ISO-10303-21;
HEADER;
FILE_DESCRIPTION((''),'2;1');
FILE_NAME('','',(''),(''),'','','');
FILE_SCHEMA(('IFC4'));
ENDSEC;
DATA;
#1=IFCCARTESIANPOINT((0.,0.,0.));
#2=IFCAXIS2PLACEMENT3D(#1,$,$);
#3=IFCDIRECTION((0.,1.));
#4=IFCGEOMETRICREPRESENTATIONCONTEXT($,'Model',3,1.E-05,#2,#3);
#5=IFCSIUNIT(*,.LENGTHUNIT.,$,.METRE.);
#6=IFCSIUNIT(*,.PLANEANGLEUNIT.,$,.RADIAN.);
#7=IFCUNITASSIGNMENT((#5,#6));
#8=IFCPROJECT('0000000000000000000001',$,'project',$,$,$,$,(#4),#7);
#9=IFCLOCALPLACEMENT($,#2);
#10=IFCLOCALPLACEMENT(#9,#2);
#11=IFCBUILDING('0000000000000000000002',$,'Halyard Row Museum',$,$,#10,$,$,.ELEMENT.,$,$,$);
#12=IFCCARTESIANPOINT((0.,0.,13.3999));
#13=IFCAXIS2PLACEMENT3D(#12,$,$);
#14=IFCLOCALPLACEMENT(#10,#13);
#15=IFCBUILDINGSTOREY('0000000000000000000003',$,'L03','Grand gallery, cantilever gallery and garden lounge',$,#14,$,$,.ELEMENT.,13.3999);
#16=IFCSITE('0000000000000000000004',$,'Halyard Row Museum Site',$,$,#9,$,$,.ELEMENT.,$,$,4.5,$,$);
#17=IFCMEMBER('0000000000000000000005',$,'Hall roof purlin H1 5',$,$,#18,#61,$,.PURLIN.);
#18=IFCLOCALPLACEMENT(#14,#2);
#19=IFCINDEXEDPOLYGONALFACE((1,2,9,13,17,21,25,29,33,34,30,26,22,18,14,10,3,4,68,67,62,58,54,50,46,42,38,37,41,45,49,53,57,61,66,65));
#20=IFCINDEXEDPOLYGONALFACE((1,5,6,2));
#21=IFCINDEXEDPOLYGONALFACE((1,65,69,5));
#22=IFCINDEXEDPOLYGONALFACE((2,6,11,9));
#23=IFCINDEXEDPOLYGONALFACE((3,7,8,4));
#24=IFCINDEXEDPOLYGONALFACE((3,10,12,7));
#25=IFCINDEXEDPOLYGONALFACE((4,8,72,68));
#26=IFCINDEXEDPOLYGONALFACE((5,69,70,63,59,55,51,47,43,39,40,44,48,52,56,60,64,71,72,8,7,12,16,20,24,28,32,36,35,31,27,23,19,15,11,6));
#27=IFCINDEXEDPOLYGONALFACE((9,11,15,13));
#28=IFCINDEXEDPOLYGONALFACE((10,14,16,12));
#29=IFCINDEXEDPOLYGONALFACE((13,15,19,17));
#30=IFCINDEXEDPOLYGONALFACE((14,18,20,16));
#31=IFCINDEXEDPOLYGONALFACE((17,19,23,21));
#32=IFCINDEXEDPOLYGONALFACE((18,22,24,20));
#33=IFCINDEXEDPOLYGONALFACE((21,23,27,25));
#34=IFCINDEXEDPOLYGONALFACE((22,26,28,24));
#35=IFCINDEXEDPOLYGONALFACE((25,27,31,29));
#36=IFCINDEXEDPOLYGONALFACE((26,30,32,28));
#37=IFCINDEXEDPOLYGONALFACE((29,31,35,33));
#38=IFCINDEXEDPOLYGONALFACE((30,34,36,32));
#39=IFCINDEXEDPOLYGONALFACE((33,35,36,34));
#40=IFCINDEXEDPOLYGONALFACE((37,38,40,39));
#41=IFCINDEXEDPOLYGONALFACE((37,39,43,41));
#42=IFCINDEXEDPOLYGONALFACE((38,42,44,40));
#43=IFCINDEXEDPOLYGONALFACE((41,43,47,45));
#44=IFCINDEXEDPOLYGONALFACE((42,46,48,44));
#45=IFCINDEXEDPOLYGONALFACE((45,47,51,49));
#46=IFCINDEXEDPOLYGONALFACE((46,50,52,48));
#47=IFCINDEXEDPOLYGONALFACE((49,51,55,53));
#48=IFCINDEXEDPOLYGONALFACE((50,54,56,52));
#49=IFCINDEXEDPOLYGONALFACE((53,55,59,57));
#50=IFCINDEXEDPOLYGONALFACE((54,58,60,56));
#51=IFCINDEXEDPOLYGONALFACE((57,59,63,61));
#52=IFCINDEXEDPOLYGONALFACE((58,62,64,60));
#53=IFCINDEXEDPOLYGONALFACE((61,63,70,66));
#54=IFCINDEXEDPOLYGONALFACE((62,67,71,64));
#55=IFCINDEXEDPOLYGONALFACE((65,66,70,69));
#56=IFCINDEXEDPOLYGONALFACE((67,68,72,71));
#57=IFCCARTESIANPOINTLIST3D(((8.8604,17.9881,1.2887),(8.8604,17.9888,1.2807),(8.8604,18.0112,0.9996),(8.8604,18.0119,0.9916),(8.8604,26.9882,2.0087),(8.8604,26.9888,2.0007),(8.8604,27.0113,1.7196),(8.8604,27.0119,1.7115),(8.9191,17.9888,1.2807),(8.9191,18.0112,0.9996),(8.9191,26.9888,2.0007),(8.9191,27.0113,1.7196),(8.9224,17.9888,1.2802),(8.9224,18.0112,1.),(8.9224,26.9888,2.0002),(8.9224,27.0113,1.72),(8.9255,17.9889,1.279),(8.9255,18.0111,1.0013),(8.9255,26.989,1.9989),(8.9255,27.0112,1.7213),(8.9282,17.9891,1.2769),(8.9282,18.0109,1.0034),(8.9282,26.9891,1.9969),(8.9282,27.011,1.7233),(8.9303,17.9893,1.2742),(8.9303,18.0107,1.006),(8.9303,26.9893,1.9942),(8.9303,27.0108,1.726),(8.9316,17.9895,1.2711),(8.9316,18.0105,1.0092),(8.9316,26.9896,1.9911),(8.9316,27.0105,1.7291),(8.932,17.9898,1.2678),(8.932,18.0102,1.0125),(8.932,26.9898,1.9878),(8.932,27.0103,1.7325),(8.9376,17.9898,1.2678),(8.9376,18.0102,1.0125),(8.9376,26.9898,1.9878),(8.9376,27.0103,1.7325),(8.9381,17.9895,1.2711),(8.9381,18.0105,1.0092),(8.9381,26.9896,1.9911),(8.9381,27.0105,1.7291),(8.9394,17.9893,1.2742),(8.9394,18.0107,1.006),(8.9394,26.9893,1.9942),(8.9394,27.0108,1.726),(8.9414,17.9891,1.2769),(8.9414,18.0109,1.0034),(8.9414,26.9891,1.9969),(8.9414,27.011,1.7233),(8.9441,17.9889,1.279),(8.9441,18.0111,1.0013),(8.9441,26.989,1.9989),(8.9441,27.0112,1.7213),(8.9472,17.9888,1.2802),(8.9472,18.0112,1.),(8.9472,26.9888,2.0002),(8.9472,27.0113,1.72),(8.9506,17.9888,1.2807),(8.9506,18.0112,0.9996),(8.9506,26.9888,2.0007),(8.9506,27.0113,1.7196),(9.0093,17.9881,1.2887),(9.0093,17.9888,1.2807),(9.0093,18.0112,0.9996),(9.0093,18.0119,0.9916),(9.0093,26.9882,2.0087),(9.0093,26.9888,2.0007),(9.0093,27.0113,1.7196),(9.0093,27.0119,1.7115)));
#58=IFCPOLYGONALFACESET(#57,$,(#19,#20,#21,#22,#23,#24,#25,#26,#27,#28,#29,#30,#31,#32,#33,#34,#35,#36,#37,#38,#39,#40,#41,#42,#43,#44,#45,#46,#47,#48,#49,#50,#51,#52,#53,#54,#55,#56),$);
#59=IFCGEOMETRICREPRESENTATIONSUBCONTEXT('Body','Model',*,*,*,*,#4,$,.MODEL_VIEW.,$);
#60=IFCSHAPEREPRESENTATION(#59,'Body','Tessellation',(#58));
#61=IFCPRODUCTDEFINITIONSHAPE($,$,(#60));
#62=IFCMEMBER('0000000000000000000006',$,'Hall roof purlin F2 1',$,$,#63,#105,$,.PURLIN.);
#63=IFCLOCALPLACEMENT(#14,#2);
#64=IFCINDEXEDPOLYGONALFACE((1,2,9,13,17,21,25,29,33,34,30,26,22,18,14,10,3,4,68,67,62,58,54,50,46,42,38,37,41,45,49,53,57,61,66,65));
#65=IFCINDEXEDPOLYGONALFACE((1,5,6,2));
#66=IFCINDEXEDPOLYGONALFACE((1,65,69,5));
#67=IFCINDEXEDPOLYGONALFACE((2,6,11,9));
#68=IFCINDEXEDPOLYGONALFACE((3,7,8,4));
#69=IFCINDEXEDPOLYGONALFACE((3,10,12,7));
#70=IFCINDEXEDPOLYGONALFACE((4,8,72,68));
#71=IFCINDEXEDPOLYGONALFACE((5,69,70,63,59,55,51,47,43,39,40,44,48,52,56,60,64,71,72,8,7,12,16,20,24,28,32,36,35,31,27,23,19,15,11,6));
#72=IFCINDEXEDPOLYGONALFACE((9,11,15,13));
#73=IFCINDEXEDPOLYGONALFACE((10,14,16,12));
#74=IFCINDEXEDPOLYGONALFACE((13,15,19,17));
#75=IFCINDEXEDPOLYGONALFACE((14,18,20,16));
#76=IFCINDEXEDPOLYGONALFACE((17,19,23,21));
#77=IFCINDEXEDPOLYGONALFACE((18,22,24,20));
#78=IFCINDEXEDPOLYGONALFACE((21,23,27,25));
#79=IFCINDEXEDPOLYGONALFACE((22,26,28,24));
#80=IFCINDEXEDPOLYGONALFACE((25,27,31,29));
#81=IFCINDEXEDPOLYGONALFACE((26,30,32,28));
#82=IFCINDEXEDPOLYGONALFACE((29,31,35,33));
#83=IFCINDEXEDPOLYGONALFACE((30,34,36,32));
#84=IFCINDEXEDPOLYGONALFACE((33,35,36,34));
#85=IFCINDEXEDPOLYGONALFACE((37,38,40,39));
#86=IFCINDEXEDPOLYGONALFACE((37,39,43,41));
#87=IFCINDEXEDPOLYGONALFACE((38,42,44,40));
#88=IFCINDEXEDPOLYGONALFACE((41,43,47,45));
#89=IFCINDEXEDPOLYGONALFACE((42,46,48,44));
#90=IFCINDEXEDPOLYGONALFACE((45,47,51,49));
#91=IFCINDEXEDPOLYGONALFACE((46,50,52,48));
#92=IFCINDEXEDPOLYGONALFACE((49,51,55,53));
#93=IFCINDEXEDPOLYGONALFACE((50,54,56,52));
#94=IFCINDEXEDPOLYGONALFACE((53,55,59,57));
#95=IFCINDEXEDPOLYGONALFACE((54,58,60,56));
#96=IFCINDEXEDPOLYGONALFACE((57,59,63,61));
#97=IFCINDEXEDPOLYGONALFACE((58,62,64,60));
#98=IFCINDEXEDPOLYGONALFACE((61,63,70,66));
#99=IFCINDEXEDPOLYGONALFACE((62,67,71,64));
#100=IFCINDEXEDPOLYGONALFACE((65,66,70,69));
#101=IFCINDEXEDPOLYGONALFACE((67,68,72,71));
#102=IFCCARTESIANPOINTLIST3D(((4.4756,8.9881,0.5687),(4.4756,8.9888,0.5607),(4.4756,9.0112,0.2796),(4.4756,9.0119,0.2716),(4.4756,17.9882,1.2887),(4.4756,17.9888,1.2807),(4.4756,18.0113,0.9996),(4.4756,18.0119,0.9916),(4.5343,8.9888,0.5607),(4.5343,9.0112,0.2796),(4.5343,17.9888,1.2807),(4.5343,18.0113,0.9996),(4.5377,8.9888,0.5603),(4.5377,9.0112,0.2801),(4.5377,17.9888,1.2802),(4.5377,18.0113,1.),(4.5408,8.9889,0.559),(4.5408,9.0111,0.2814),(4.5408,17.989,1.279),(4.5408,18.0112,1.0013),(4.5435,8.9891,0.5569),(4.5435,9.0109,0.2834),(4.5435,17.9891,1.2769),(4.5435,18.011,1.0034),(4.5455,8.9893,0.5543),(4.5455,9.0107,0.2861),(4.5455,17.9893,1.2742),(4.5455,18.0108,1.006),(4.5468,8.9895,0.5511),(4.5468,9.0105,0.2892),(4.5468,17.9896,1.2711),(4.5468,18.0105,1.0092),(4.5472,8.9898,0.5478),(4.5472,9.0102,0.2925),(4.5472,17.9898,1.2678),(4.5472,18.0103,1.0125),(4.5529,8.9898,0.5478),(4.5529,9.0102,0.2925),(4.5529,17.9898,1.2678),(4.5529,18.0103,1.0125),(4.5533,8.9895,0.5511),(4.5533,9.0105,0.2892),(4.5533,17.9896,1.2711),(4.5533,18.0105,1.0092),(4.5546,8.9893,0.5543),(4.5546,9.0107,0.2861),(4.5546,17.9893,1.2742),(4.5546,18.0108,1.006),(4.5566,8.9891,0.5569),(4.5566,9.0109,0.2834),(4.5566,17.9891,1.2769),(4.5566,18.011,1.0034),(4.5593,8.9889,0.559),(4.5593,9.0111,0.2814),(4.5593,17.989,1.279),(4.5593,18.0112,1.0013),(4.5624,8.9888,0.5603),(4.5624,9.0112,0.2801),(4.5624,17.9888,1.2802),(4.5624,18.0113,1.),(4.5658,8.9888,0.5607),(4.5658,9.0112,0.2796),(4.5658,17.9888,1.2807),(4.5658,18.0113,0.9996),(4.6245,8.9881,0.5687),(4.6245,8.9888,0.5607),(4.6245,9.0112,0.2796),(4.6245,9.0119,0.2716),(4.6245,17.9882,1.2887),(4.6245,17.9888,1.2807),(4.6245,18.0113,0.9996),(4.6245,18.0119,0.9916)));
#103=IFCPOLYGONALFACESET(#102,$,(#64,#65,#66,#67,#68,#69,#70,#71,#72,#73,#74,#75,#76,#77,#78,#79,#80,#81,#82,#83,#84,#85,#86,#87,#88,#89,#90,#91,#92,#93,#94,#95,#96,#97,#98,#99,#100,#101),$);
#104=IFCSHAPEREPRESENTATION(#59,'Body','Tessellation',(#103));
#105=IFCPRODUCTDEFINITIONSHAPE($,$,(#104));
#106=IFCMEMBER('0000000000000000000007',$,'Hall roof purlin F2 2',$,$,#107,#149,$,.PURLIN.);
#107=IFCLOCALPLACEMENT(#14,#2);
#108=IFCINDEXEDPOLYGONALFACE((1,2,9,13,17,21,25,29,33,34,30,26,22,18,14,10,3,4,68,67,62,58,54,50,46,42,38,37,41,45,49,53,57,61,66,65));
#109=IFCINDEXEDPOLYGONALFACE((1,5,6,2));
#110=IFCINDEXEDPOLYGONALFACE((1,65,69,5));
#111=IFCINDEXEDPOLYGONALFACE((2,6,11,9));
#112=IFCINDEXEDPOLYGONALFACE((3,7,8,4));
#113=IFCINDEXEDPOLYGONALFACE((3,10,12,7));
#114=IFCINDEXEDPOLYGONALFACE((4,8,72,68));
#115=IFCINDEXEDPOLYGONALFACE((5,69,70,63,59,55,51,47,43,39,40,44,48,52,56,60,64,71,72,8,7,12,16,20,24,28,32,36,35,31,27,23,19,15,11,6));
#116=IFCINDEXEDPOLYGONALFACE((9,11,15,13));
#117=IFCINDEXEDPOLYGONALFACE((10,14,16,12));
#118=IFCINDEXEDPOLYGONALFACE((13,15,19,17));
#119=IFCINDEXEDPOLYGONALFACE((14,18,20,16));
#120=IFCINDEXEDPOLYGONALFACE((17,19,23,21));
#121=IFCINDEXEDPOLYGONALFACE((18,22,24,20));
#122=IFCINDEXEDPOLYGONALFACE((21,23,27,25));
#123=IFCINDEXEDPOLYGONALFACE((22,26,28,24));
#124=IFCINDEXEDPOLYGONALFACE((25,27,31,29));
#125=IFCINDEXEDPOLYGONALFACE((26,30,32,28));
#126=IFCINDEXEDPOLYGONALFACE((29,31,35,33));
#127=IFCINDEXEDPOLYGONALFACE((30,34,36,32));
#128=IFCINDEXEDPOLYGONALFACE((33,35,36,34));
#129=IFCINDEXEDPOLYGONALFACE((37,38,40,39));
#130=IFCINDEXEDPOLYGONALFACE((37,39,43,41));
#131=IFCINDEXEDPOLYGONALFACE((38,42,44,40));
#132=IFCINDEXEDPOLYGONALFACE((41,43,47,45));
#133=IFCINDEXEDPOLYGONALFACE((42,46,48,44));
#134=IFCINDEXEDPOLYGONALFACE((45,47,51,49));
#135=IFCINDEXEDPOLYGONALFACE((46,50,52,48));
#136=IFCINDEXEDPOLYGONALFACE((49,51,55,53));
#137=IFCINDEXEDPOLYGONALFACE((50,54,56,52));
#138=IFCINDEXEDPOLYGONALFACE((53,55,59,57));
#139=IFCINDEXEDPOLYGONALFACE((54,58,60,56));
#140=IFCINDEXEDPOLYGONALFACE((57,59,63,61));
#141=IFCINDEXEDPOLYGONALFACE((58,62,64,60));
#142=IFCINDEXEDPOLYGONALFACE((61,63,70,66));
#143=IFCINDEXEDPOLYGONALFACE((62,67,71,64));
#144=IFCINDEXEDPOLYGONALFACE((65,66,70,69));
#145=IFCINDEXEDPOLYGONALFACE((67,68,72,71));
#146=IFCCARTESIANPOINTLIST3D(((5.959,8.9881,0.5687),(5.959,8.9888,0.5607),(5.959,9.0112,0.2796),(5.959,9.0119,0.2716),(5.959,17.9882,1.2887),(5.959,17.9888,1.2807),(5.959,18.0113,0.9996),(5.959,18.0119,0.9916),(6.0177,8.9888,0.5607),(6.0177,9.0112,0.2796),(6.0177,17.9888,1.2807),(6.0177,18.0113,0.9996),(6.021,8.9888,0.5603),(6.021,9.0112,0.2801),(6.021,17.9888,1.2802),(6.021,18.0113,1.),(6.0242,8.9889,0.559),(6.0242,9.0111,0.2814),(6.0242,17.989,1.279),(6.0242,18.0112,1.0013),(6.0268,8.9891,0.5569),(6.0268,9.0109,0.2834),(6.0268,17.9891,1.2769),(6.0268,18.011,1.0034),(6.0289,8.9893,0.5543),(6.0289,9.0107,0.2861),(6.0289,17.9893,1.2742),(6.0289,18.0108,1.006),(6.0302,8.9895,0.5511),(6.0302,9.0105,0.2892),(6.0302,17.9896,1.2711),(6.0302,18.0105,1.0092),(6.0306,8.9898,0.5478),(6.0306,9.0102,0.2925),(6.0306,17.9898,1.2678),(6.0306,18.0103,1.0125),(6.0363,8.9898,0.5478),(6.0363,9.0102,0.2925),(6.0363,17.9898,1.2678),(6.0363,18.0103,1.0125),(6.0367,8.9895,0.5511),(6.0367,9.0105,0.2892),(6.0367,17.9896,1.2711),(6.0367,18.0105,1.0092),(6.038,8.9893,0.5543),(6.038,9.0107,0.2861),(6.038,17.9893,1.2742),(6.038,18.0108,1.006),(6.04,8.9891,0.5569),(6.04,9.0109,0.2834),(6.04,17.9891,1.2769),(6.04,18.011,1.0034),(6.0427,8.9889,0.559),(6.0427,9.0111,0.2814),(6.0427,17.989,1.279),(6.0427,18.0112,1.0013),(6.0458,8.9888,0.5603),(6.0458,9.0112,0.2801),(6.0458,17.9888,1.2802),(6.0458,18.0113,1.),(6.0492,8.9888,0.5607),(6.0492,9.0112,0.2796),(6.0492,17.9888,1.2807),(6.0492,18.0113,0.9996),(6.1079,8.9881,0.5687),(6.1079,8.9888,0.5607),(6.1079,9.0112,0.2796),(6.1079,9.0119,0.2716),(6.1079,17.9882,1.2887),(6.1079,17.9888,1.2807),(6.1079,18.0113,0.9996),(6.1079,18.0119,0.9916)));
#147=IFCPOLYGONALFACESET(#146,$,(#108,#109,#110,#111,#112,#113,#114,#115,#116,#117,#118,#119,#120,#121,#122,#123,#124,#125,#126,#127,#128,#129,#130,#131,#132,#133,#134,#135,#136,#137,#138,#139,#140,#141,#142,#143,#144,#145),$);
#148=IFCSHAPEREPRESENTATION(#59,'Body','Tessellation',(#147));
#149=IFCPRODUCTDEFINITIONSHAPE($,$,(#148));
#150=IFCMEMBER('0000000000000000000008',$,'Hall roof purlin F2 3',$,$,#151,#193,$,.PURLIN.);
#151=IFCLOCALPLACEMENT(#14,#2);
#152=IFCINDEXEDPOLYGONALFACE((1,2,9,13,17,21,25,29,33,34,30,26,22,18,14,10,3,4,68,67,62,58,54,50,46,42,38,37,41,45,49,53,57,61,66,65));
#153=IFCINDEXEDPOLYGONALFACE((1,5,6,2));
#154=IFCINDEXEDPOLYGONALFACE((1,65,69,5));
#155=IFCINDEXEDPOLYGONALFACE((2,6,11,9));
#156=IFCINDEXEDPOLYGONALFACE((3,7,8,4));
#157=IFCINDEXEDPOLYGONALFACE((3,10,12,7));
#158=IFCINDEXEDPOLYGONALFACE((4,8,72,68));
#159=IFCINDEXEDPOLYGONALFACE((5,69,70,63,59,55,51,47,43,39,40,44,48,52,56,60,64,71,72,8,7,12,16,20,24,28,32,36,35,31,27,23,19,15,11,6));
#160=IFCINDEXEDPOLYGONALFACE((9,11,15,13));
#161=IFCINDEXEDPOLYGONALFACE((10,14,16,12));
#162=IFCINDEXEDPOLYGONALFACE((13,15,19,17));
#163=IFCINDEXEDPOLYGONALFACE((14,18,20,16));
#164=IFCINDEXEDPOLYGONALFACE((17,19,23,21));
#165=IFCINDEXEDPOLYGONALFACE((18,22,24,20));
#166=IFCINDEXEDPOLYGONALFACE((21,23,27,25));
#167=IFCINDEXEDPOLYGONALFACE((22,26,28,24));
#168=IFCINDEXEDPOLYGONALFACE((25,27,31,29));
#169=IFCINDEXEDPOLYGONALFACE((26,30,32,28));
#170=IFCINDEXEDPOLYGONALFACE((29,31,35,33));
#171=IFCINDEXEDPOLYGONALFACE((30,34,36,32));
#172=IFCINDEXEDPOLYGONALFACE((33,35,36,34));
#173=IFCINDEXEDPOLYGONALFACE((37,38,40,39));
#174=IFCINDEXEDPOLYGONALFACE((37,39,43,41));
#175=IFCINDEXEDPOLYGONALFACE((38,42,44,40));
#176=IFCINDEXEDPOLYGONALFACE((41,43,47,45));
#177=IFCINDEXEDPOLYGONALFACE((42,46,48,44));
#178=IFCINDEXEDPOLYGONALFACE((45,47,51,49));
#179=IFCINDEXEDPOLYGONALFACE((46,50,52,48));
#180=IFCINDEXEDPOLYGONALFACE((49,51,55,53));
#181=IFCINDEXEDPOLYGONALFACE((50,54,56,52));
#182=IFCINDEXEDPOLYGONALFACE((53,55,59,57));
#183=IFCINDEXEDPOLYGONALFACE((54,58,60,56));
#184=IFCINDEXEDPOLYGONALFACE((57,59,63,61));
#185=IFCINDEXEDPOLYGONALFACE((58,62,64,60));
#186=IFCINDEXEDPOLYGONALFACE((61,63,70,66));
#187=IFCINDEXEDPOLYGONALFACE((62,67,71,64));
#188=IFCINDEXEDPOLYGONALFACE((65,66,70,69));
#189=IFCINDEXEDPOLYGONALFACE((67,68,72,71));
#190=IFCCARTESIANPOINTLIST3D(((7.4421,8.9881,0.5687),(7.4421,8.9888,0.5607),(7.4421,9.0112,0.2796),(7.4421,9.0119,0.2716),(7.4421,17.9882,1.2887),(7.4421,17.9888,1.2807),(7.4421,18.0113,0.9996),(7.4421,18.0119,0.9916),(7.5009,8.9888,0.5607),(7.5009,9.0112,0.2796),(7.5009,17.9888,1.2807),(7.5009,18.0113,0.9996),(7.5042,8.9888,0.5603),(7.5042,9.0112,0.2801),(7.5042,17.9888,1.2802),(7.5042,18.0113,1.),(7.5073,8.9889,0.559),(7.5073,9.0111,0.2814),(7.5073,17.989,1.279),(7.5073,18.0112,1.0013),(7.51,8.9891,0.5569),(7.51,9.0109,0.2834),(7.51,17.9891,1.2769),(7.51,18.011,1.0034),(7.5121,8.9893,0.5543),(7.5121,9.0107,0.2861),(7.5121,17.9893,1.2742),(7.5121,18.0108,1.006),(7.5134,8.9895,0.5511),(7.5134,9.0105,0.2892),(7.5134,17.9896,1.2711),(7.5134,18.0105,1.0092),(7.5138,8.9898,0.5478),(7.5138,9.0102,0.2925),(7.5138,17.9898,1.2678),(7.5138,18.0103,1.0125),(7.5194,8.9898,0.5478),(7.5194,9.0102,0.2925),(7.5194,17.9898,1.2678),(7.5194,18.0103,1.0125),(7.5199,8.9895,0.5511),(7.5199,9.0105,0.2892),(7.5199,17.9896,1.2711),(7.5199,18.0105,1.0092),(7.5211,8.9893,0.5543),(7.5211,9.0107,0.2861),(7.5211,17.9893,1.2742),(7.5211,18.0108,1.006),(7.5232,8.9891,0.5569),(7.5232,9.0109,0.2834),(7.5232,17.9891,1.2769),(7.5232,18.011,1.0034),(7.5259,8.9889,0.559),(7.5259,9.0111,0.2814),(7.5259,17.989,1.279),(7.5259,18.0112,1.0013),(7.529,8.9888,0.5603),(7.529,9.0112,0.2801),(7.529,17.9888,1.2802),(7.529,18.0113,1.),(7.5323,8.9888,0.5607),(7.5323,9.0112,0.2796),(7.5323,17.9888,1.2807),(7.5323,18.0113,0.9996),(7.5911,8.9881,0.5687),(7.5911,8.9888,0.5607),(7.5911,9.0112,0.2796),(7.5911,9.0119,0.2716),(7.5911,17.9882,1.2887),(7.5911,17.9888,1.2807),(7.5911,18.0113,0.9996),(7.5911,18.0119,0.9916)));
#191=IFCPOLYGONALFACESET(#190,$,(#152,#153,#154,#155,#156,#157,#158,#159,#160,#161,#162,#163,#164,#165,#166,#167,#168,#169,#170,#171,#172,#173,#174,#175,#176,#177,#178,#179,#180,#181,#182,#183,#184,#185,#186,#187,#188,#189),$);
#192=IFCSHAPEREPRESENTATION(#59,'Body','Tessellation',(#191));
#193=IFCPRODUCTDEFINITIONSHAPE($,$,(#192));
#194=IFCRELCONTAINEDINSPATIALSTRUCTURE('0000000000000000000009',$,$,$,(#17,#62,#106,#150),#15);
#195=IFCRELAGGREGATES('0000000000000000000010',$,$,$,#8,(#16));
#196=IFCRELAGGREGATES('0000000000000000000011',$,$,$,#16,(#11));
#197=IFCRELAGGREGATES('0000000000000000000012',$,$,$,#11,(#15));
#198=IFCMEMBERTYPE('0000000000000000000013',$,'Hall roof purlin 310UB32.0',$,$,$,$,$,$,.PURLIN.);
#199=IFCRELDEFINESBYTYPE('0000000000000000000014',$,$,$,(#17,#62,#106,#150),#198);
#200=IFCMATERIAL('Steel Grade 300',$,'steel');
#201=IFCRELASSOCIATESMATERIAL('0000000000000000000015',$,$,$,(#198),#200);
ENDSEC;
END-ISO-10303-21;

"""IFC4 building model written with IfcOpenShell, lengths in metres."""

from ifc_helpers import new_model, si_unit, direction, frame, origin, origin_2d, place, context, subcontext, project, spatial, i_section, extrude, material, material_profile, profile_set, type_object, element, save


model = new_model("IFC4")

# Units and contexts
model_context = context("Model", 3, precision=1e-05, world=origin(), true_north=direction((0.0, 1.0)))
body_context = subcontext(model_context, "Body", "Model", "MODEL_VIEW")
ifc_project = project(units=[si_unit("LENGTHUNIT", "METRE"), si_unit("PLANEANGLEUNIT", "RADIAN")], contexts=[model_context])

# Site, building, storey
site_placement = place(None, origin())
site = spatial("IfcSite", under=ifc_project, at=site_placement, Name="Halyard Row Museum Site", CompositionType="ELEMENT", RefElevation=4.5)
building_placement = place(site_placement, origin())
building = spatial("IfcBuilding", under=site, at=building_placement, Name="Halyard Row Museum", CompositionType="ELEMENT")
storey_placement = place(building_placement, frame((0.0, 0.0, 13.3999)))
storey = spatial("IfcBuildingStorey", under=building, at=storey_placement, Name="L03", Description="Grand gallery, cantilever gallery and garden lounge", CompositionType="ELEMENT", Elevation=13.3999)

# Members
ifc_material_1 = material(Name="Steel Grade 300", Category="steel")
ifc_material_profile = material_profile(ifc_material_1, i_section(OverallWidth=0.1489, OverallDepth=0.2981, WebThickness=0.0056, FlangeThickness=0.0081, FilletRadius=0.0129, at=origin_2d()), Name="310UB32.0")
ifc_profile_set = profile_set([ifc_material_profile], Name="Steel Grade 300")
member_type = type_object("IfcMemberType", Name="Hall roof purlin 310UB32.0", PredefinedType="PURLIN", material=ifc_profile_set)
for number, where, z_axis, x_axis, name in (
    (1, (8.9348, 18.0, 1.1401), (0.0, 0.996816, 0.079742), (-1.0, 0.0, 0.0), "Hall roof purlin H1 5"),
    (2, (4.55, 9.0, 0.4202), (0.0, 0.996816, 0.079742), (-1.0, 0.0, 0.0), "Hall roof purlin F2 1"),
    (3, (6.0334, 9.0, 0.4202), (0.0, 0.996816, 0.079742), (-1.0, 0.0, 0.0), "Hall roof purlin F2 2"),
    (4, (7.5166, 9.0, 0.4202), (0.0, 0.996816, 0.079742), (-1.0, 0.0, 0.0), "Hall roof purlin F2 3"),
):
    element("IfcMember", number, at=place(storey_placement, frame(where, z_axis=z_axis, x_axis=x_axis)), inside=storey, type_object=member_type, Name=name, PredefinedType="PURLIN", context=body_context, shape_type="SweptSolid", body=[
        extrude(i_section(OverallWidth=0.1489, OverallDepth=0.2981, WebThickness=0.0056, FlangeThickness=0.0081, FilletRadius=0.0129, at=origin_2d()), origin(), (0.0, 0.0, 1.0), 9.0288),
    ])

save(model, "model.ifc")
